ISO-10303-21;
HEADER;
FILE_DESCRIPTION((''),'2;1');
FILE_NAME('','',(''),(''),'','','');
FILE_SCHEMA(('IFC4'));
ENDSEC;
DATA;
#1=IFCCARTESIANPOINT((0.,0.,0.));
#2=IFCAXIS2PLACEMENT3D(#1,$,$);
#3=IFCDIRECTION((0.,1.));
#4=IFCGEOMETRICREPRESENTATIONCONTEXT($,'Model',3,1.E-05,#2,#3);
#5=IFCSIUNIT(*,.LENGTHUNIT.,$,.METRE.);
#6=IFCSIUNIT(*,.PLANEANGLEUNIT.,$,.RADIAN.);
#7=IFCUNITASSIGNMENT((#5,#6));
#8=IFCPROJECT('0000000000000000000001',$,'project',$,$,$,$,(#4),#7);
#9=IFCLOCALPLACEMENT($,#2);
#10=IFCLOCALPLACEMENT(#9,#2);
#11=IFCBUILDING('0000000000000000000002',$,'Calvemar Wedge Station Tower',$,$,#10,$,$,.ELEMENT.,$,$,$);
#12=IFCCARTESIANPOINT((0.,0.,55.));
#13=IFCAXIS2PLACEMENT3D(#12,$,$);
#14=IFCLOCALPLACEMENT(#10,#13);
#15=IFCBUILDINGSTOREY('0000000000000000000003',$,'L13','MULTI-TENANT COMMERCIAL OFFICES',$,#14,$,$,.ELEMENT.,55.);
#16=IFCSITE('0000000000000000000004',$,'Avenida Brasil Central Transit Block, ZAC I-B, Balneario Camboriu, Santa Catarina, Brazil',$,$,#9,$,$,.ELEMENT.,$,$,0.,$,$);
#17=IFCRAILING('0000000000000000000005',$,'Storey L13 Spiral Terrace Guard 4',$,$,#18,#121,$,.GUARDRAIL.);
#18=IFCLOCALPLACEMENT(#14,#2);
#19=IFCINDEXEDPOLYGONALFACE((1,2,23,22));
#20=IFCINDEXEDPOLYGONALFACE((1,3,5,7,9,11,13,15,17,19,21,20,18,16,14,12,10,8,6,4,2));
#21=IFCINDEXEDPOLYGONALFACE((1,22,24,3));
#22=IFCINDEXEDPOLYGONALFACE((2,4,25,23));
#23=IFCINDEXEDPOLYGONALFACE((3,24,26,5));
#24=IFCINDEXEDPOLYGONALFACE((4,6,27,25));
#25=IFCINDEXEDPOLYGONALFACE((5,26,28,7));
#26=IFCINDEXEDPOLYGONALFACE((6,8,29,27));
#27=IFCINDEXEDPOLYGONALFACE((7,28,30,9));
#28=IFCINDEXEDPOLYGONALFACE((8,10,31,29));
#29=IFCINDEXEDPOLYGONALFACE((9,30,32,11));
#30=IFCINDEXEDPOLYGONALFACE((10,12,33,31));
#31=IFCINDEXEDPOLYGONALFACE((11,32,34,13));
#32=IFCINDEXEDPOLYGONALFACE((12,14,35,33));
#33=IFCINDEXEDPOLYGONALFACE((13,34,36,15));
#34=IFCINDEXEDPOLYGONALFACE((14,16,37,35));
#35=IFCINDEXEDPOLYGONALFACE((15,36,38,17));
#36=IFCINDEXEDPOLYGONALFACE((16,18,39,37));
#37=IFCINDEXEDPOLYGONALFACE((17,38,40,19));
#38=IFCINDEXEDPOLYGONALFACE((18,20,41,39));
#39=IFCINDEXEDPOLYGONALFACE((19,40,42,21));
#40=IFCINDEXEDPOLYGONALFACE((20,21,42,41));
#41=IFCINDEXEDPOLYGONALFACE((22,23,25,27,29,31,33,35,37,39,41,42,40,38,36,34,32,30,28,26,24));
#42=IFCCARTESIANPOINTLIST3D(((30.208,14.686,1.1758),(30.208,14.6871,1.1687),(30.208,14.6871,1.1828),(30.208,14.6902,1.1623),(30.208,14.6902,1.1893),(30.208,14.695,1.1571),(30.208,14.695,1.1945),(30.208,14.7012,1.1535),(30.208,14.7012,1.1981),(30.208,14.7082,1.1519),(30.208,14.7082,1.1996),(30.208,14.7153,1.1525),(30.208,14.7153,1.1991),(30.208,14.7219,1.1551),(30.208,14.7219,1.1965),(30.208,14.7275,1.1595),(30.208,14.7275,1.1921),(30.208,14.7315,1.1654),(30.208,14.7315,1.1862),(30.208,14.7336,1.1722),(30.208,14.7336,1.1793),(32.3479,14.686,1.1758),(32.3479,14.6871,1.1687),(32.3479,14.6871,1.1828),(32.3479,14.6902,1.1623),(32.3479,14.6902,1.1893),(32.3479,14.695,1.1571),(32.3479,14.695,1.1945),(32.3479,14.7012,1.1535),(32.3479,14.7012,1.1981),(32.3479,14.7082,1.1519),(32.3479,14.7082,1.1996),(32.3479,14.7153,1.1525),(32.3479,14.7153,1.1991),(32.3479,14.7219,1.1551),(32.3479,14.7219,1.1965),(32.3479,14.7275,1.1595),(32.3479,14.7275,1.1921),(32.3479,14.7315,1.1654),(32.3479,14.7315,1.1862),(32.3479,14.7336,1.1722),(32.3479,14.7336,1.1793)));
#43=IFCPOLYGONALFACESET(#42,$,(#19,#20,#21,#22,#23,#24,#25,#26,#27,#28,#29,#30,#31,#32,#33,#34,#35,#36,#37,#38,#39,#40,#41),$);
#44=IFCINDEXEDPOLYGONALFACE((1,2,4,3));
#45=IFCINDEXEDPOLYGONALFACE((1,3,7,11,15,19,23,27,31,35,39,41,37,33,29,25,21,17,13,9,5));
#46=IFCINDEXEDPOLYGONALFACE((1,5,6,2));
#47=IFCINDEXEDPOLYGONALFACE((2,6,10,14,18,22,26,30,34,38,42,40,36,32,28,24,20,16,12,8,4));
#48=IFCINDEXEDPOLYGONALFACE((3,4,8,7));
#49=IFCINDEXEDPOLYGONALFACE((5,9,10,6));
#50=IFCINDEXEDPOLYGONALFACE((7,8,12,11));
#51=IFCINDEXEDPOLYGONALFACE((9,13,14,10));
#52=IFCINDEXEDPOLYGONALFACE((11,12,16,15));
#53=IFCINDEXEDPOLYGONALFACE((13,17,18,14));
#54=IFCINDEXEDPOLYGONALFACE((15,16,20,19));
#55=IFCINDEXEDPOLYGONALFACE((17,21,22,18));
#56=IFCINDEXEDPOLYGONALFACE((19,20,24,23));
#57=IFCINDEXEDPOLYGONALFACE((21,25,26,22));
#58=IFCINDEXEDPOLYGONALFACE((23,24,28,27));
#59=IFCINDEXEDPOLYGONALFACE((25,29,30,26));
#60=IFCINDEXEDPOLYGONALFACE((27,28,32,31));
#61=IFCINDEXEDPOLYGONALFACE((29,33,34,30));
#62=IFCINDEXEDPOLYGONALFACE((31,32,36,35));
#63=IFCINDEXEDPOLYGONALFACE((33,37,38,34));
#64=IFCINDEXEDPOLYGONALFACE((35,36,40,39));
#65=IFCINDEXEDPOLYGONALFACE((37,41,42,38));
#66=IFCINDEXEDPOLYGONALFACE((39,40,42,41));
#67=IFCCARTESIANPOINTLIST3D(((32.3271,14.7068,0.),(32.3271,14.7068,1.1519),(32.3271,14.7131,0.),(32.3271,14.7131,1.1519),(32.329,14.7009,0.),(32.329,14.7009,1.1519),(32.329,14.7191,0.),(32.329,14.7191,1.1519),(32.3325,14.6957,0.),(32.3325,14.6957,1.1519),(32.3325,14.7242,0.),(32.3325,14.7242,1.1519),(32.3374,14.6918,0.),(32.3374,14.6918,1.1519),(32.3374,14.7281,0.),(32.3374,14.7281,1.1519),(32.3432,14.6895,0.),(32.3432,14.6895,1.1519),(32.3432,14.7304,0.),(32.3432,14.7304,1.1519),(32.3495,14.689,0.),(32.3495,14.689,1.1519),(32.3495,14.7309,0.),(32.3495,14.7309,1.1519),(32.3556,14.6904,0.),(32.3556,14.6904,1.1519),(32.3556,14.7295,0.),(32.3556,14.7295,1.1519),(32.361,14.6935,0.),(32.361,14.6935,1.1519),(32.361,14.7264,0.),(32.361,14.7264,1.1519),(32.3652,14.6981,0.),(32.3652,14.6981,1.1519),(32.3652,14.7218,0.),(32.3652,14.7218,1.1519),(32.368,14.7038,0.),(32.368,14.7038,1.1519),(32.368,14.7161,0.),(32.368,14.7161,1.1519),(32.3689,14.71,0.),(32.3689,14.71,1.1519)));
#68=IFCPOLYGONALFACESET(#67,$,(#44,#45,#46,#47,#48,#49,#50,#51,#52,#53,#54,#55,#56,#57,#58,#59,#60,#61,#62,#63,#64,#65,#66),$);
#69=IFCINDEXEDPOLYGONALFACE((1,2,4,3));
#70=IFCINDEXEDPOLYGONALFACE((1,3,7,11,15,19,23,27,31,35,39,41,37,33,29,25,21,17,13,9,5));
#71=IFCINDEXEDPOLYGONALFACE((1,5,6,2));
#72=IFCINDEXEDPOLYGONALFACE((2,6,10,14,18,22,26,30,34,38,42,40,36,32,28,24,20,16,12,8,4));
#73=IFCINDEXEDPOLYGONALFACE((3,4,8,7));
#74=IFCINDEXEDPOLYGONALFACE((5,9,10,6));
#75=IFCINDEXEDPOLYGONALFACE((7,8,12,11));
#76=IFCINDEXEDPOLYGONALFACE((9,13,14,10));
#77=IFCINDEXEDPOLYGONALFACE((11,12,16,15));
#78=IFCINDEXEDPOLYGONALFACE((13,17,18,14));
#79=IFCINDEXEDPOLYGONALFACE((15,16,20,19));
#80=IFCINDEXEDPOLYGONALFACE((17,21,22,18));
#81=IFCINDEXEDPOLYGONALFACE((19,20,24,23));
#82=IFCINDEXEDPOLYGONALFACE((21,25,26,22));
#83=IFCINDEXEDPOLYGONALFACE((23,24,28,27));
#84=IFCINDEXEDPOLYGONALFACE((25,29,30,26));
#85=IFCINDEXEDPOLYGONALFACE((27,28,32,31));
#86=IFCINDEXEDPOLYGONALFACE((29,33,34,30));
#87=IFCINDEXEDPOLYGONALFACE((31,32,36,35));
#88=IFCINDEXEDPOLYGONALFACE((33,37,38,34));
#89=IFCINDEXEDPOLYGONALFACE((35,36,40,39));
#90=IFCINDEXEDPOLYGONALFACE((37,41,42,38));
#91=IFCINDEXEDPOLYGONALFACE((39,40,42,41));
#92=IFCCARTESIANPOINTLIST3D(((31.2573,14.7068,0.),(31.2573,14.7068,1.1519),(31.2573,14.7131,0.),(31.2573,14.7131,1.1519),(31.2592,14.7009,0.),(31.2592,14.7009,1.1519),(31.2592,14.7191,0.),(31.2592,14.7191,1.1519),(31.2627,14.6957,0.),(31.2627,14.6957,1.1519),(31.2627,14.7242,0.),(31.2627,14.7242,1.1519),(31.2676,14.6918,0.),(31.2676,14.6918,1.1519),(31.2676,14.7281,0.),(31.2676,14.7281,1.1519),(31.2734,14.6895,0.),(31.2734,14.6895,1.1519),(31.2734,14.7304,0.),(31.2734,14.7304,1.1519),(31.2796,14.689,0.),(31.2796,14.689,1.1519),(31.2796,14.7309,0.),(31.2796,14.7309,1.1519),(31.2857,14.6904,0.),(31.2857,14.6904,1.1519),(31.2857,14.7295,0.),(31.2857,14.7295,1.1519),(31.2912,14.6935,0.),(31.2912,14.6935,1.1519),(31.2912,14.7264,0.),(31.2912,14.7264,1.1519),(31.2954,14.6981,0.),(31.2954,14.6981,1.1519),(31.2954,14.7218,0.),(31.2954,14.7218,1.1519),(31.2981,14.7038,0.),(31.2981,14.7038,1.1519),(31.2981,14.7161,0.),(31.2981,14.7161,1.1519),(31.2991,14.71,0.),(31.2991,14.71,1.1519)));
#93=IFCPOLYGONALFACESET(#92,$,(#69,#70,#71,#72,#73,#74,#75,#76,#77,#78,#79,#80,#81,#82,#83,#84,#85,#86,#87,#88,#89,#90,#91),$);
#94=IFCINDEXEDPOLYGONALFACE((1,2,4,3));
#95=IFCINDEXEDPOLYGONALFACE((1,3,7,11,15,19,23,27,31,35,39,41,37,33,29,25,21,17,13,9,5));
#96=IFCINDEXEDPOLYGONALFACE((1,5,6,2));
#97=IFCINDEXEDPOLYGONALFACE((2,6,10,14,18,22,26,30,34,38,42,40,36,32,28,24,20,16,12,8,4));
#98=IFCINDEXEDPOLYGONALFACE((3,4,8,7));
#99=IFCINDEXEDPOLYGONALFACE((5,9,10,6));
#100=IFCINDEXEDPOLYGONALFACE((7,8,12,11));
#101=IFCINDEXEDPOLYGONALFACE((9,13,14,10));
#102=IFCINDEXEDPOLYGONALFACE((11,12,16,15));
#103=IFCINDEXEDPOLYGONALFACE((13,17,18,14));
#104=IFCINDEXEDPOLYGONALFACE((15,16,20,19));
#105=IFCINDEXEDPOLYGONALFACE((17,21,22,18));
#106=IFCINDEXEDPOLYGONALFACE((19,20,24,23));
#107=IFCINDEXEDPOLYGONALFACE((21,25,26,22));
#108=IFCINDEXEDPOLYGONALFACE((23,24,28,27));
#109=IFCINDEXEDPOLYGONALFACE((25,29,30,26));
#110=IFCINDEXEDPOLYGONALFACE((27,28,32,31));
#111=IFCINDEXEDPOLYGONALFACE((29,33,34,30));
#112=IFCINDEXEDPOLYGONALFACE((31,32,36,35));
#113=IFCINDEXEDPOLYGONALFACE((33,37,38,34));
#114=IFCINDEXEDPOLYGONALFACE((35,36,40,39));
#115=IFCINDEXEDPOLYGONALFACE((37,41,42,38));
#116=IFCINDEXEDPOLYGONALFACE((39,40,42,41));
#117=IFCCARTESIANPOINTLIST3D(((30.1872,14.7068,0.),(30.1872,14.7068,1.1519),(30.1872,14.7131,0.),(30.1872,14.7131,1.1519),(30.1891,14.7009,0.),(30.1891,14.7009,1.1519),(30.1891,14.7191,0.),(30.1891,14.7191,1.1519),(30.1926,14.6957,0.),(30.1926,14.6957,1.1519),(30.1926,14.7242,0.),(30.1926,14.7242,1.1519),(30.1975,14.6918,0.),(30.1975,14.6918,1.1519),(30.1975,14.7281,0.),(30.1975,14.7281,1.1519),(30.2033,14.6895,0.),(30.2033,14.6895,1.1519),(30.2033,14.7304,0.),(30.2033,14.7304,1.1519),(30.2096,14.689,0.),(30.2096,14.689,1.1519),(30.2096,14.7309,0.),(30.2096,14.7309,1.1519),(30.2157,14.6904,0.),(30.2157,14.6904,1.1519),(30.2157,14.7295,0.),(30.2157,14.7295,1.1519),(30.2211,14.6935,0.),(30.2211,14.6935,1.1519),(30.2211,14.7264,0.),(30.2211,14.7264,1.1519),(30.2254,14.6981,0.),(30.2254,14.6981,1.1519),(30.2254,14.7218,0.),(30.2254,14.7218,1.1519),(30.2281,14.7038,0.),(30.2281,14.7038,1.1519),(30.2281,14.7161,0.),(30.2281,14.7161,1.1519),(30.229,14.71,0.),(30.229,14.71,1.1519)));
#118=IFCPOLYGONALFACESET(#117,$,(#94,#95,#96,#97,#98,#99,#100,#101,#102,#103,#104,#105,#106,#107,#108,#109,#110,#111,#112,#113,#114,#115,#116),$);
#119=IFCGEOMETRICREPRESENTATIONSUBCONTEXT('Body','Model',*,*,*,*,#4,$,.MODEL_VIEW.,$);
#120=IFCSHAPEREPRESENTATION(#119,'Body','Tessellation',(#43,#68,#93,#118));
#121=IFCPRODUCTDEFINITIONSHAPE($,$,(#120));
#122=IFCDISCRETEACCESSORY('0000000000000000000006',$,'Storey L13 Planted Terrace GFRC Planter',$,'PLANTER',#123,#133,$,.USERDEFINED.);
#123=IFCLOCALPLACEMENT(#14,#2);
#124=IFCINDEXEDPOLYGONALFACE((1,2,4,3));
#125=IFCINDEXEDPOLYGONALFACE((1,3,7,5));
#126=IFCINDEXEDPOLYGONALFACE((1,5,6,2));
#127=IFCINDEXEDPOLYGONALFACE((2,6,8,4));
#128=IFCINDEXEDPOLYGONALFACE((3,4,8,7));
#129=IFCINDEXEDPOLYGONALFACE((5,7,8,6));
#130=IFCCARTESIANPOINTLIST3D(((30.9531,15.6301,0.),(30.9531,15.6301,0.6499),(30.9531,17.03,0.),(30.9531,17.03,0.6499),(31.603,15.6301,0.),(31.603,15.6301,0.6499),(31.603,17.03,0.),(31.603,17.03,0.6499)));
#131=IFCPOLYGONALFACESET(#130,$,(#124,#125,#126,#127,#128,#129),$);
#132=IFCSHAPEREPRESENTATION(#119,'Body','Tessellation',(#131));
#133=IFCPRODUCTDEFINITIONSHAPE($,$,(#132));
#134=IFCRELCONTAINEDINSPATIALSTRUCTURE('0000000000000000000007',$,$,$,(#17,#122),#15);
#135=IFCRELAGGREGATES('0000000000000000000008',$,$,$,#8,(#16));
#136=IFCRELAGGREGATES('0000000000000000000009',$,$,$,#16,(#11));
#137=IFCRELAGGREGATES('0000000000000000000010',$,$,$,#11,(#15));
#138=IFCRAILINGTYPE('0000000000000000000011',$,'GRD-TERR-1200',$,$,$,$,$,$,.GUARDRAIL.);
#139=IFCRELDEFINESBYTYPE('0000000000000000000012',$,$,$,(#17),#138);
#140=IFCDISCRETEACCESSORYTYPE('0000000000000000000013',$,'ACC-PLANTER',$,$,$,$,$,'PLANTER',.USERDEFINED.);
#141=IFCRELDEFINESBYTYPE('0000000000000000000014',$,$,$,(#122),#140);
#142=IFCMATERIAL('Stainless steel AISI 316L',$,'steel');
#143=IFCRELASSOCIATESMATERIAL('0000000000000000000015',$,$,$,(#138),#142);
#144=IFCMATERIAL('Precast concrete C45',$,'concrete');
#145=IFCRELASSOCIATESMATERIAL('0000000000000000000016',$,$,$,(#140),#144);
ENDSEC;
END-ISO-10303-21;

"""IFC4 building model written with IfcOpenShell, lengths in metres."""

from ifc_helpers import new_model, si_unit, direction, frame, origin, origin_2d, place, context, subcontext, project, spatial, rectangle, circle, extrude, source, transform, mapped, material, type_object, element, save


model = new_model("IFC4")

# Units and contexts
model_context = context("Model", 3, precision=1e-05, world=origin(), true_north=direction((0.0, 1.0)))
body_context = subcontext(model_context, "Body", "Model", "MODEL_VIEW")
ifc_project = project(units=[si_unit("LENGTHUNIT", "METRE"), si_unit("PLANEANGLEUNIT", "RADIAN")], contexts=[model_context])

# Site, building, storey
site_placement = place(None, origin())
site = spatial("IfcSite", under=ifc_project, at=site_placement, Name="Avenida Brasil Central Transit Block, ZAC I-B, Balneario Camboriu, Santa Catarina, Brazil", CompositionType="ELEMENT", RefElevation=0.0)
building_placement = place(site_placement, origin())
building = spatial("IfcBuilding", under=site, at=building_placement, Name="Calvemar Wedge Station Tower", CompositionType="ELEMENT")
storey_placement = place(building_placement, frame((0.0, 0.0, 55.0)))
storey = spatial("IfcBuildingStorey", under=building, at=storey_placement, Name="L13", Description="MULTI-TENANT COMMERCIAL OFFICES", CompositionType="ELEMENT", Elevation=55.0)

# Shared definitions
ifc_material_1 = material(Name="Precast concrete C45", Category="concrete")

# Railing
ifc_material_2 = material(Name="Stainless steel AISI 316L", Category="steel")
railing_type = type_object("IfcRailingType", Name="GRD-TERR-1200", PredefinedType="GUARDRAIL", material=ifc_material_2)
railing_1_placement = place(storey_placement, frame((32.3479, 14.71, 0.0)))
element("IfcRailing", 1, at=railing_1_placement, inside=storey, type_object=railing_type, Name="Storey L13 Spiral Terrace Guard 4", PredefinedType="GUARDRAIL", context=body_context, shape_type="SweptSolid", body=[
    extrude(circle(Radius=0.0239, at=origin_2d()), frame((0.0, 0.0, 1.1758), z_axis=(-1.0, 0.0, 0.0), x_axis=(0.0, -1.0, 0.0)), (0.0, 0.0, 1.0), 2.1399),
    extrude(circle(Radius=0.021, at=origin_2d()), origin(), (0.0, 0.0, 1.0), 1.1519),
    extrude(circle(Radius=0.021, at=origin_2d()), frame((-1.0698, 0.0, 0.0)), (0.0, 0.0, 1.0), 1.1519),
    extrude(circle(Radius=0.021, at=origin_2d()), frame((-2.1399, 0.0, 0.0)), (0.0, 0.0, 1.0), 1.1519),
])

# Discrete accessory
discrete_accessory_type = type_object("IfcDiscreteAccessoryType", Name="ACC-PLANTER", ElementType="PLANTER", PredefinedType="USERDEFINED", material=ifc_material_1)
shared_shape_1 = source(origin(), body_context, "Body", "SweptSolid", [
    extrude(rectangle(XDim=0.6499, YDim=1.3999, at=origin_2d()), origin(), (0.0, 0.0, 1.0), 0.6499),
])
discrete_accessory_placement = place(storey_placement, frame((31.2781, 16.3301, 0.0), z_axis=(0.0, 0.0, 1.0), x_axis=(1.0, 0.0, 0.0)))
element("IfcDiscreteAccessory", 2, at=discrete_accessory_placement, inside=storey, type_object=discrete_accessory_type, Name="Storey L13 Planted Terrace GFRC Planter", ObjectType="PLANTER", PredefinedType="USERDEFINED", context=body_context, shape_type="MappedRepresentation", body=[
    mapped(shared_shape_1, transform((0.0, 0.0, 0.0), scale=1.0)),
])

save(model, "model.ifc")
